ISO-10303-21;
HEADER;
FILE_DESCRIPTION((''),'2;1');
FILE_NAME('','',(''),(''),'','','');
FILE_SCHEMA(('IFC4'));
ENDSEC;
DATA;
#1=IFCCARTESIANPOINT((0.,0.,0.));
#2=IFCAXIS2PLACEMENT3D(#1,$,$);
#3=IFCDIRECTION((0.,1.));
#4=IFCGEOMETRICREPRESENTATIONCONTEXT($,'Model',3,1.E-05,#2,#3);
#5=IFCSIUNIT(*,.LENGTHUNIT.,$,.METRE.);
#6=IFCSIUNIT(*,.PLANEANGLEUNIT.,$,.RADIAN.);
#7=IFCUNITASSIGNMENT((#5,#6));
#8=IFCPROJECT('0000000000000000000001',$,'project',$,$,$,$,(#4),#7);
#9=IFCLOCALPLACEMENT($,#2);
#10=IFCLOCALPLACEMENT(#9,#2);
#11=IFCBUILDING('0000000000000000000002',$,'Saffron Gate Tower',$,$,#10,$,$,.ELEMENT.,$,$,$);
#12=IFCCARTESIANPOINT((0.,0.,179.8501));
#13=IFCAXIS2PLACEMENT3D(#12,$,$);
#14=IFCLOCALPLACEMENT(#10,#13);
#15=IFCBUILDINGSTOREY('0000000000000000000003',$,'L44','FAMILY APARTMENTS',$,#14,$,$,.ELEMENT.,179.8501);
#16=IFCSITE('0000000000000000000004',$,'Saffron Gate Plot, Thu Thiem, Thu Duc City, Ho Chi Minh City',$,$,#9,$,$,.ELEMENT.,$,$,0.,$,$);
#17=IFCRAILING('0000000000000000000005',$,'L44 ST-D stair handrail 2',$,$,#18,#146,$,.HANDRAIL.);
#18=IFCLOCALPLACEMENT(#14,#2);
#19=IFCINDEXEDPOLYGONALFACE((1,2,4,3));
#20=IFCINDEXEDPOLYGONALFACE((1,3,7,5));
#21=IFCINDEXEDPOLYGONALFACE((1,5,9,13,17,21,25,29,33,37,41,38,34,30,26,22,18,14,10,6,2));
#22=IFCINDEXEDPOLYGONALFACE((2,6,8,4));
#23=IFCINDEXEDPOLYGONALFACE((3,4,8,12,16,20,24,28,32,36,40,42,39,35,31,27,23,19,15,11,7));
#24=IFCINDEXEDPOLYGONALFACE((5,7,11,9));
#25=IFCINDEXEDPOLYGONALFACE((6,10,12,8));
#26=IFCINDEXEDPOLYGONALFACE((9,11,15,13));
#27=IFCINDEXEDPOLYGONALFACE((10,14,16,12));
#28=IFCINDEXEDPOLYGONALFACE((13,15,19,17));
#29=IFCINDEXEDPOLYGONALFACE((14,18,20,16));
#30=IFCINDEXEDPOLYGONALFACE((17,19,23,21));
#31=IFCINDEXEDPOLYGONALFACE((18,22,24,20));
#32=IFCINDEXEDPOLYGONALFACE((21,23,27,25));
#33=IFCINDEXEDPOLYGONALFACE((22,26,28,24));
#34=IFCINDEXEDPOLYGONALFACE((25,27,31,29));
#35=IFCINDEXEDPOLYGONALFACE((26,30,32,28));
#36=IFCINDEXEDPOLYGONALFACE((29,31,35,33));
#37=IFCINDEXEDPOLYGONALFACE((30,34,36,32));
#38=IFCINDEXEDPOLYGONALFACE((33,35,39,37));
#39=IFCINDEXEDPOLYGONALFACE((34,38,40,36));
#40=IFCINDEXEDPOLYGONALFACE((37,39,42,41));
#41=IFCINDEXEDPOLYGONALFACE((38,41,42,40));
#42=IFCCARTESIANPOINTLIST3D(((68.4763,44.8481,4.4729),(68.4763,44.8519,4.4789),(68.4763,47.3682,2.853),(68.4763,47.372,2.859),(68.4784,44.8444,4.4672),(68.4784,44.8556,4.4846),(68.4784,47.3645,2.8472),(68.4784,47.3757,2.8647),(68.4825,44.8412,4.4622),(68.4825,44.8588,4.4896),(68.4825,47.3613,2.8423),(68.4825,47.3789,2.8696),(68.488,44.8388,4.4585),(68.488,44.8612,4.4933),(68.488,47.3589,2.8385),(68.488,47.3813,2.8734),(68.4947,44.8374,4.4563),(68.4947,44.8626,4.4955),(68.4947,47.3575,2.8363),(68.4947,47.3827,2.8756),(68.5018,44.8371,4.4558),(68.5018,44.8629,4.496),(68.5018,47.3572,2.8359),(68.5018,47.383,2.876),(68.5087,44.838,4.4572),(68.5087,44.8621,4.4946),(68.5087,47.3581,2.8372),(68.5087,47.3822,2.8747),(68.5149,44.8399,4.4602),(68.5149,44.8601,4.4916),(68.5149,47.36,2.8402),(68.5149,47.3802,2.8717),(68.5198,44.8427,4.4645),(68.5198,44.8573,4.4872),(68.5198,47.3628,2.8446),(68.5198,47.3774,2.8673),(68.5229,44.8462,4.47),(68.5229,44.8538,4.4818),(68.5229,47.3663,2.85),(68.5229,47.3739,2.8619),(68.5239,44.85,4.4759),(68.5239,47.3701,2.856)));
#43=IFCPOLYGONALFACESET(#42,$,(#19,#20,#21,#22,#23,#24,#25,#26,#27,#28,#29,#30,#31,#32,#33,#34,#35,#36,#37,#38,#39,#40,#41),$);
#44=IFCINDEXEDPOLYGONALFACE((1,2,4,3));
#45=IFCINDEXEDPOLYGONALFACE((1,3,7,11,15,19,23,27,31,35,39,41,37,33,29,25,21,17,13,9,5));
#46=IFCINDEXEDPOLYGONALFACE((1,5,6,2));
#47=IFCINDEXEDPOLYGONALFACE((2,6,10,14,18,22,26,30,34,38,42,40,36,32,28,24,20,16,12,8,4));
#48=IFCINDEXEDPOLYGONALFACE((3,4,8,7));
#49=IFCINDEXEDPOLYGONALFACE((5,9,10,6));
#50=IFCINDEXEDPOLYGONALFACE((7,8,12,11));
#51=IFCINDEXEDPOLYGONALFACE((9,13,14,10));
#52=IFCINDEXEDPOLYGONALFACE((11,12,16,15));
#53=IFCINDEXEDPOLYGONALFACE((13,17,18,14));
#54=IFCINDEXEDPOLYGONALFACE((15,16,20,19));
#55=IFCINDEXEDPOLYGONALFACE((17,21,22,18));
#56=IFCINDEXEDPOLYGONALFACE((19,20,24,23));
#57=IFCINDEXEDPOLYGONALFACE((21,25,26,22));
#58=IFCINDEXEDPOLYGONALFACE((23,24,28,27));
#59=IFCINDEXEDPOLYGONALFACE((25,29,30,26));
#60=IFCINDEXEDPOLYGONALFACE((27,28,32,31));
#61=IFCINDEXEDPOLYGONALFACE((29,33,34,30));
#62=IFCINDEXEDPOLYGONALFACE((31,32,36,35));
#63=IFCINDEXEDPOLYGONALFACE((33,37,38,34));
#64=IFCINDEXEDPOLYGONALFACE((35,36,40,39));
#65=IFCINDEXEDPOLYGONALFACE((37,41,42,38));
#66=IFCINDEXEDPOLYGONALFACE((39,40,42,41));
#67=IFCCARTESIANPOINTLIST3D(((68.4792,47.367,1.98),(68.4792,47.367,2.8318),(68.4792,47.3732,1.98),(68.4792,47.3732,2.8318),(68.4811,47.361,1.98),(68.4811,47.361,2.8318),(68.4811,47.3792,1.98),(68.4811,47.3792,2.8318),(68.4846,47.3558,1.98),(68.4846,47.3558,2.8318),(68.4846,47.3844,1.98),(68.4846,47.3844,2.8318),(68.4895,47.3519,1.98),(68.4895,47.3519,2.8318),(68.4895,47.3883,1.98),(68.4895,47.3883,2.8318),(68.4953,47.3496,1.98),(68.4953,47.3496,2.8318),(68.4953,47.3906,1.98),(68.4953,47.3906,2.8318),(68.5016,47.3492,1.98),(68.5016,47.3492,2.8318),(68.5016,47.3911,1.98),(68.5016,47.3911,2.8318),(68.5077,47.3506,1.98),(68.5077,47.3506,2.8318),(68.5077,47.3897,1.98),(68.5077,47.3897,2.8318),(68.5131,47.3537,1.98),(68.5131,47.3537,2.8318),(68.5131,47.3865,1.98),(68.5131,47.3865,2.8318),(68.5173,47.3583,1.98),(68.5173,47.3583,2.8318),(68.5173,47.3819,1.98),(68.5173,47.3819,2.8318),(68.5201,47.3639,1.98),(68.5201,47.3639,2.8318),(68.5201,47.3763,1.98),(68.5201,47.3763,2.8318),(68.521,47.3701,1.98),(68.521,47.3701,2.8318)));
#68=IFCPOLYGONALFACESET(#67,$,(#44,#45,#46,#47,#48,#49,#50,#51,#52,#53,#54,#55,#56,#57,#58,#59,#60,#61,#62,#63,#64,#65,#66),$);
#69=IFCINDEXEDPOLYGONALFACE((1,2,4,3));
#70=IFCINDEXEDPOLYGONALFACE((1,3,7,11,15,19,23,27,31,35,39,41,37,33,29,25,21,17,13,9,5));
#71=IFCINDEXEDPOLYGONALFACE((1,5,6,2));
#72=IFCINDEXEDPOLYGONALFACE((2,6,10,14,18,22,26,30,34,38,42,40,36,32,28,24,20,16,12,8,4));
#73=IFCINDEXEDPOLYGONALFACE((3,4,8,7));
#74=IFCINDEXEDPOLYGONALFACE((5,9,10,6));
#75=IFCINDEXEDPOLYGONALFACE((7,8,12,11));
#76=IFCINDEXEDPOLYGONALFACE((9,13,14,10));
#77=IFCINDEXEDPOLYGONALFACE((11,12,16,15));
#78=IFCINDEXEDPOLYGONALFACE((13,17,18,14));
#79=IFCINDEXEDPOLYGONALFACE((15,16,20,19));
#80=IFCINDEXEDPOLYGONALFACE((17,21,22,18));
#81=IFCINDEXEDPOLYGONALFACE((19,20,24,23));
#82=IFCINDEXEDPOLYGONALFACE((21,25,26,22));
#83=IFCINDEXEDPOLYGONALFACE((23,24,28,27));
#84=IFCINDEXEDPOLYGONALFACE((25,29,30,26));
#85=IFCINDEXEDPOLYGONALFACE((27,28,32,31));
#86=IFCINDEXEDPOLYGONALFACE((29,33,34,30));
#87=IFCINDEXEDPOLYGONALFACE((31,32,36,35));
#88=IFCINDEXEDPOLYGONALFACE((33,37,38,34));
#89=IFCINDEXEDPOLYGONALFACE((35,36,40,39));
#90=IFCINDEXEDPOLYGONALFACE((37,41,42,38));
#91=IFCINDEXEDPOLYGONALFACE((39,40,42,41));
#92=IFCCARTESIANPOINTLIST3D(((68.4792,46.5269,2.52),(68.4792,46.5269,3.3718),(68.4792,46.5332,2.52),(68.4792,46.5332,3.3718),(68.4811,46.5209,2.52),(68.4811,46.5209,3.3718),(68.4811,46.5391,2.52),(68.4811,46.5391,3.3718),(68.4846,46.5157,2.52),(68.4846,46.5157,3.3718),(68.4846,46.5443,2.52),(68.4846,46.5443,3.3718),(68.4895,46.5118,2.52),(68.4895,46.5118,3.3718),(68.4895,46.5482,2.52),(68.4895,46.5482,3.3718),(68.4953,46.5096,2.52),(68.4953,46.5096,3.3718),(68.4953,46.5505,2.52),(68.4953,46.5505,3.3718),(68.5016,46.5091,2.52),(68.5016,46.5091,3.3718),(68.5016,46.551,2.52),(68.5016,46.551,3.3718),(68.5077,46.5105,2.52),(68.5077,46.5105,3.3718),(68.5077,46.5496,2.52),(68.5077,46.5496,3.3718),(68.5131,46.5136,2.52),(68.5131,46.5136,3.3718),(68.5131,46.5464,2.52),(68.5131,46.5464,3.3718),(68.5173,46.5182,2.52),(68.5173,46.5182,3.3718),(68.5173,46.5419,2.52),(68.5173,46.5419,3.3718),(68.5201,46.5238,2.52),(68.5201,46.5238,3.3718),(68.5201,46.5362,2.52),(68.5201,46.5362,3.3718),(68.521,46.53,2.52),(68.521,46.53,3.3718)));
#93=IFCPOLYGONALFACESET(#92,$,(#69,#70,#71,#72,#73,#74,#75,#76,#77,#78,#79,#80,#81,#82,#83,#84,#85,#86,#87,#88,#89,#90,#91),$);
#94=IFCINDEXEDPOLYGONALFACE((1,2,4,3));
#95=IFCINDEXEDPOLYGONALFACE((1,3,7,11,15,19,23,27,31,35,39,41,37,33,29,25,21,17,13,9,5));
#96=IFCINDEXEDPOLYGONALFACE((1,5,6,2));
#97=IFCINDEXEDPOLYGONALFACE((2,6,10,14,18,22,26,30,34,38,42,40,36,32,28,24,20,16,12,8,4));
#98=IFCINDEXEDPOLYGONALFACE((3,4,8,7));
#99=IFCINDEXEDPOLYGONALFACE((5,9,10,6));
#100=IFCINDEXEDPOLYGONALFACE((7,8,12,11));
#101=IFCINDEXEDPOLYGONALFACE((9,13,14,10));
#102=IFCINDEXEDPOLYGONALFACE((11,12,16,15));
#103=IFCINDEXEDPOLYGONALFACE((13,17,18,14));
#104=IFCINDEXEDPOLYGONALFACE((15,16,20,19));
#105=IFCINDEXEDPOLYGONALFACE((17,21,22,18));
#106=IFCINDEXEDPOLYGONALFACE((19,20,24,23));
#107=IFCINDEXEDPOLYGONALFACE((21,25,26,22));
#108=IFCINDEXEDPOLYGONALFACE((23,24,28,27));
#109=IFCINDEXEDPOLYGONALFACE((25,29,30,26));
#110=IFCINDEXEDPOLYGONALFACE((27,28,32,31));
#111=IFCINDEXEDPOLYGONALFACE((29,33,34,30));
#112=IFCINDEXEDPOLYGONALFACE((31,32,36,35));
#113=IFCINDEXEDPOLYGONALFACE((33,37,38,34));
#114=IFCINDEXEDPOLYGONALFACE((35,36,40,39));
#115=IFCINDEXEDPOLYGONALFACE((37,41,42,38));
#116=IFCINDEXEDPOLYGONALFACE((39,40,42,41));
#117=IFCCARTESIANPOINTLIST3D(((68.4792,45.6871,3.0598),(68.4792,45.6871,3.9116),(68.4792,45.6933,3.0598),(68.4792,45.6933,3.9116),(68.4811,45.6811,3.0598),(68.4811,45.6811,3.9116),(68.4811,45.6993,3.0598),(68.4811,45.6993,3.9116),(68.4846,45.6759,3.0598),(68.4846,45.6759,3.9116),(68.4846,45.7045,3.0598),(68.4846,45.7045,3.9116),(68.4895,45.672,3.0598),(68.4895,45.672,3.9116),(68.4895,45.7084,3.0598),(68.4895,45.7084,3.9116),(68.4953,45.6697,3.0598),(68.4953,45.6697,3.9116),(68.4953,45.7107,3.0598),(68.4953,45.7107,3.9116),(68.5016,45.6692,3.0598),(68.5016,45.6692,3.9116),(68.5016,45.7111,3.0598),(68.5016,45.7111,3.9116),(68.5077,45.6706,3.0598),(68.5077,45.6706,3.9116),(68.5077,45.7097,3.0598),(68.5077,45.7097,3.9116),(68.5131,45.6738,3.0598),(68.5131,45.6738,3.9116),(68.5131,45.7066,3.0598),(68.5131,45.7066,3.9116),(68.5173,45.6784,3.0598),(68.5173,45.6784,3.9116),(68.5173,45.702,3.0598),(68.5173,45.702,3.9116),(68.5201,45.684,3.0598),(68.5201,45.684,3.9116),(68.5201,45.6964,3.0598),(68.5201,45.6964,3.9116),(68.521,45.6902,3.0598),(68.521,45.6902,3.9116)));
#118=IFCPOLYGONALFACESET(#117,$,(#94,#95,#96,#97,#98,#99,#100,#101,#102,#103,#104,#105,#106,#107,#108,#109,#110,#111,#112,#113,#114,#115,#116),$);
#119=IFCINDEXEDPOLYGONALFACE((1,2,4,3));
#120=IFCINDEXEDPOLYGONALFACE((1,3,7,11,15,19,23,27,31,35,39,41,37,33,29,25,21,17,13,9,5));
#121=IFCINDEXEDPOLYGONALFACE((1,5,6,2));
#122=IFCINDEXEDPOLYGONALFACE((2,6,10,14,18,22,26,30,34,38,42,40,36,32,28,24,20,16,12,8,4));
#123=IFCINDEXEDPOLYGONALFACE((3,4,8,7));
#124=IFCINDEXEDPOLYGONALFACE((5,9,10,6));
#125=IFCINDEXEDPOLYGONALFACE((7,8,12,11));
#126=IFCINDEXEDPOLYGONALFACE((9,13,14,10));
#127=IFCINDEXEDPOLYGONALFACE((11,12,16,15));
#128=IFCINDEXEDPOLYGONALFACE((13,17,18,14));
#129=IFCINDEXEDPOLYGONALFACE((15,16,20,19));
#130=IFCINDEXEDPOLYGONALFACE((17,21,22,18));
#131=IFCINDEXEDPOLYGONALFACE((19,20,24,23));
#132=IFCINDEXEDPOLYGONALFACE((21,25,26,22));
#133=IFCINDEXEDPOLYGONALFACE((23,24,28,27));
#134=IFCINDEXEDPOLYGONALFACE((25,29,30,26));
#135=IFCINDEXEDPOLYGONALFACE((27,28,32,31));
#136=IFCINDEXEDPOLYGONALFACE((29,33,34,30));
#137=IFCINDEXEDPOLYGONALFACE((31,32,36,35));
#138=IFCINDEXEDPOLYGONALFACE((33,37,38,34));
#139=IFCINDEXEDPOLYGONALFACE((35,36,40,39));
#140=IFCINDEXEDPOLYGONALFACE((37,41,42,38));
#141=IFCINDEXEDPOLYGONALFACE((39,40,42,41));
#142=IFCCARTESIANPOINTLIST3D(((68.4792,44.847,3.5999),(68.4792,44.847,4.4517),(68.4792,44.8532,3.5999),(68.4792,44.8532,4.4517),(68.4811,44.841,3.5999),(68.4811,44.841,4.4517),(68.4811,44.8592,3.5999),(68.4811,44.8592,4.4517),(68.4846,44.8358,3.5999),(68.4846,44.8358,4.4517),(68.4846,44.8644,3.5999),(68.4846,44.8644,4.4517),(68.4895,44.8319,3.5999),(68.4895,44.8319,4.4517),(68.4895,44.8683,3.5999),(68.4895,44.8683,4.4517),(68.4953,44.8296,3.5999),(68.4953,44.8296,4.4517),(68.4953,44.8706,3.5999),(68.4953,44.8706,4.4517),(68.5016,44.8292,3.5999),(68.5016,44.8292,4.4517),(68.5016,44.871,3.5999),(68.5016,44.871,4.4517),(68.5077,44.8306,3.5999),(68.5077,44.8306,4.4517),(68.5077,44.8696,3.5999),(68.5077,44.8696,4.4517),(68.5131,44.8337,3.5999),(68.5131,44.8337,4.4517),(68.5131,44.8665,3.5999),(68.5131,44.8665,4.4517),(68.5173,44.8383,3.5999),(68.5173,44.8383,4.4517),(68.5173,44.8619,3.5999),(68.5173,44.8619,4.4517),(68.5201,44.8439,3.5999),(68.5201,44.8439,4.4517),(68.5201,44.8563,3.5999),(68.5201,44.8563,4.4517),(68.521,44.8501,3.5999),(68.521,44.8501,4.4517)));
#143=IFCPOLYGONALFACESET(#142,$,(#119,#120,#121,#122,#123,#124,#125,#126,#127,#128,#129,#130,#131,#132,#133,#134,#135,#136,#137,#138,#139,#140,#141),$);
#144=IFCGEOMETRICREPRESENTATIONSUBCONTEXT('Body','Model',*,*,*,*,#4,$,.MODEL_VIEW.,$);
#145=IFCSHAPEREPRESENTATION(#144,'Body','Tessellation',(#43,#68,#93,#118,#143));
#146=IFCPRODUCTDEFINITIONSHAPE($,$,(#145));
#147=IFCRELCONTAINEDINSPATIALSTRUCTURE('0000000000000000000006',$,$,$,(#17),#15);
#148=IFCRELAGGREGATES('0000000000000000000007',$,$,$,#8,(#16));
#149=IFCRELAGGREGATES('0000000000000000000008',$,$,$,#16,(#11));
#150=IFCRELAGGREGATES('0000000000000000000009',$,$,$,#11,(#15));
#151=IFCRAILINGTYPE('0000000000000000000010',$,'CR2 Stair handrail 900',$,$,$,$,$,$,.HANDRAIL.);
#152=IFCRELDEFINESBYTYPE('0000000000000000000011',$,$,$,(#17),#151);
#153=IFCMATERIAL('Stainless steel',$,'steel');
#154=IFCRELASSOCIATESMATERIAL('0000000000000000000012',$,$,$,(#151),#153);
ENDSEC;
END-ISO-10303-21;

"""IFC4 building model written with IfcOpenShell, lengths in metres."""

from ifc_helpers import new_model, si_unit, direction, frame, origin, origin_2d, place, context, subcontext, project, spatial, circle, extrude, material, type_object, element, save


model = new_model("IFC4")

# Units and contexts
model_context = context("Model", 3, precision=1e-05, world=origin(), true_north=direction((0.0, 1.0)))
body_context = subcontext(model_context, "Body", "Model", "MODEL_VIEW")
ifc_project = project(units=[si_unit("LENGTHUNIT", "METRE"), si_unit("PLANEANGLEUNIT", "RADIAN")], contexts=[model_context])

# Site, building, storey
site_placement = place(None, origin())
site = spatial("IfcSite", under=ifc_project, at=site_placement, Name="Saffron Gate Plot, Thu Thiem, Thu Duc City, Ho Chi Minh City", CompositionType="ELEMENT", RefElevation=0.0)
building_placement = place(site_placement, origin())
building = spatial("IfcBuilding", under=site, at=building_placement, Name="Saffron Gate Tower", CompositionType="ELEMENT")
storey_placement = place(building_placement, frame((0.0, 0.0, 179.8501)))
storey = spatial("IfcBuildingStorey", under=building, at=storey_placement, Name="L44", Description="FAMILY APARTMENTS", CompositionType="ELEMENT", Elevation=179.8501)

# Railing
ifc_material_1 = material(Name="Stainless steel", Category="steel")
railing_type_1 = type_object("IfcRailingType", Name="CR2 Stair handrail 900", PredefinedType="HANDRAIL", material=ifc_material_1)
railing_1_placement = place(storey_placement, frame((68.5, 47.3701, 1.98)))
element("IfcRailing", 1, at=railing_1_placement, inside=storey, type_object=railing_type_1, Name="L44 ST-D stair handrail 2", PredefinedType="HANDRAIL", context=body_context, shape_type="SweptSolid", body=[
    extrude(circle(Radius=0.0239, at=origin_2d()), frame((0.0, 0.0, 0.876), z_axis=(0.0, -0.8412, 0.540725), x_axis=(1.0, 0.0, 0.0)), (0.0, 0.0, 1.0), 2.9958),
    extrude(circle(Radius=0.021, at=origin_2d()), origin(), (0.0, 0.0, 1.0), 0.8518),
    extrude(circle(Radius=0.021, at=origin_2d()), frame((0.0, -0.8401, 0.54)), (0.0, 0.0, 1.0), 0.8518),
    extrude(circle(Radius=0.021, at=origin_2d()), frame((0.0, -1.6799, 1.0798)), (0.0, 0.0, 1.0), 0.8518),
    extrude(circle(Radius=0.021, at=origin_2d()), frame((0.0, -2.52, 1.6199)), (0.0, 0.0, 1.0), 0.8518),
])

save(model, "model.ifc")
